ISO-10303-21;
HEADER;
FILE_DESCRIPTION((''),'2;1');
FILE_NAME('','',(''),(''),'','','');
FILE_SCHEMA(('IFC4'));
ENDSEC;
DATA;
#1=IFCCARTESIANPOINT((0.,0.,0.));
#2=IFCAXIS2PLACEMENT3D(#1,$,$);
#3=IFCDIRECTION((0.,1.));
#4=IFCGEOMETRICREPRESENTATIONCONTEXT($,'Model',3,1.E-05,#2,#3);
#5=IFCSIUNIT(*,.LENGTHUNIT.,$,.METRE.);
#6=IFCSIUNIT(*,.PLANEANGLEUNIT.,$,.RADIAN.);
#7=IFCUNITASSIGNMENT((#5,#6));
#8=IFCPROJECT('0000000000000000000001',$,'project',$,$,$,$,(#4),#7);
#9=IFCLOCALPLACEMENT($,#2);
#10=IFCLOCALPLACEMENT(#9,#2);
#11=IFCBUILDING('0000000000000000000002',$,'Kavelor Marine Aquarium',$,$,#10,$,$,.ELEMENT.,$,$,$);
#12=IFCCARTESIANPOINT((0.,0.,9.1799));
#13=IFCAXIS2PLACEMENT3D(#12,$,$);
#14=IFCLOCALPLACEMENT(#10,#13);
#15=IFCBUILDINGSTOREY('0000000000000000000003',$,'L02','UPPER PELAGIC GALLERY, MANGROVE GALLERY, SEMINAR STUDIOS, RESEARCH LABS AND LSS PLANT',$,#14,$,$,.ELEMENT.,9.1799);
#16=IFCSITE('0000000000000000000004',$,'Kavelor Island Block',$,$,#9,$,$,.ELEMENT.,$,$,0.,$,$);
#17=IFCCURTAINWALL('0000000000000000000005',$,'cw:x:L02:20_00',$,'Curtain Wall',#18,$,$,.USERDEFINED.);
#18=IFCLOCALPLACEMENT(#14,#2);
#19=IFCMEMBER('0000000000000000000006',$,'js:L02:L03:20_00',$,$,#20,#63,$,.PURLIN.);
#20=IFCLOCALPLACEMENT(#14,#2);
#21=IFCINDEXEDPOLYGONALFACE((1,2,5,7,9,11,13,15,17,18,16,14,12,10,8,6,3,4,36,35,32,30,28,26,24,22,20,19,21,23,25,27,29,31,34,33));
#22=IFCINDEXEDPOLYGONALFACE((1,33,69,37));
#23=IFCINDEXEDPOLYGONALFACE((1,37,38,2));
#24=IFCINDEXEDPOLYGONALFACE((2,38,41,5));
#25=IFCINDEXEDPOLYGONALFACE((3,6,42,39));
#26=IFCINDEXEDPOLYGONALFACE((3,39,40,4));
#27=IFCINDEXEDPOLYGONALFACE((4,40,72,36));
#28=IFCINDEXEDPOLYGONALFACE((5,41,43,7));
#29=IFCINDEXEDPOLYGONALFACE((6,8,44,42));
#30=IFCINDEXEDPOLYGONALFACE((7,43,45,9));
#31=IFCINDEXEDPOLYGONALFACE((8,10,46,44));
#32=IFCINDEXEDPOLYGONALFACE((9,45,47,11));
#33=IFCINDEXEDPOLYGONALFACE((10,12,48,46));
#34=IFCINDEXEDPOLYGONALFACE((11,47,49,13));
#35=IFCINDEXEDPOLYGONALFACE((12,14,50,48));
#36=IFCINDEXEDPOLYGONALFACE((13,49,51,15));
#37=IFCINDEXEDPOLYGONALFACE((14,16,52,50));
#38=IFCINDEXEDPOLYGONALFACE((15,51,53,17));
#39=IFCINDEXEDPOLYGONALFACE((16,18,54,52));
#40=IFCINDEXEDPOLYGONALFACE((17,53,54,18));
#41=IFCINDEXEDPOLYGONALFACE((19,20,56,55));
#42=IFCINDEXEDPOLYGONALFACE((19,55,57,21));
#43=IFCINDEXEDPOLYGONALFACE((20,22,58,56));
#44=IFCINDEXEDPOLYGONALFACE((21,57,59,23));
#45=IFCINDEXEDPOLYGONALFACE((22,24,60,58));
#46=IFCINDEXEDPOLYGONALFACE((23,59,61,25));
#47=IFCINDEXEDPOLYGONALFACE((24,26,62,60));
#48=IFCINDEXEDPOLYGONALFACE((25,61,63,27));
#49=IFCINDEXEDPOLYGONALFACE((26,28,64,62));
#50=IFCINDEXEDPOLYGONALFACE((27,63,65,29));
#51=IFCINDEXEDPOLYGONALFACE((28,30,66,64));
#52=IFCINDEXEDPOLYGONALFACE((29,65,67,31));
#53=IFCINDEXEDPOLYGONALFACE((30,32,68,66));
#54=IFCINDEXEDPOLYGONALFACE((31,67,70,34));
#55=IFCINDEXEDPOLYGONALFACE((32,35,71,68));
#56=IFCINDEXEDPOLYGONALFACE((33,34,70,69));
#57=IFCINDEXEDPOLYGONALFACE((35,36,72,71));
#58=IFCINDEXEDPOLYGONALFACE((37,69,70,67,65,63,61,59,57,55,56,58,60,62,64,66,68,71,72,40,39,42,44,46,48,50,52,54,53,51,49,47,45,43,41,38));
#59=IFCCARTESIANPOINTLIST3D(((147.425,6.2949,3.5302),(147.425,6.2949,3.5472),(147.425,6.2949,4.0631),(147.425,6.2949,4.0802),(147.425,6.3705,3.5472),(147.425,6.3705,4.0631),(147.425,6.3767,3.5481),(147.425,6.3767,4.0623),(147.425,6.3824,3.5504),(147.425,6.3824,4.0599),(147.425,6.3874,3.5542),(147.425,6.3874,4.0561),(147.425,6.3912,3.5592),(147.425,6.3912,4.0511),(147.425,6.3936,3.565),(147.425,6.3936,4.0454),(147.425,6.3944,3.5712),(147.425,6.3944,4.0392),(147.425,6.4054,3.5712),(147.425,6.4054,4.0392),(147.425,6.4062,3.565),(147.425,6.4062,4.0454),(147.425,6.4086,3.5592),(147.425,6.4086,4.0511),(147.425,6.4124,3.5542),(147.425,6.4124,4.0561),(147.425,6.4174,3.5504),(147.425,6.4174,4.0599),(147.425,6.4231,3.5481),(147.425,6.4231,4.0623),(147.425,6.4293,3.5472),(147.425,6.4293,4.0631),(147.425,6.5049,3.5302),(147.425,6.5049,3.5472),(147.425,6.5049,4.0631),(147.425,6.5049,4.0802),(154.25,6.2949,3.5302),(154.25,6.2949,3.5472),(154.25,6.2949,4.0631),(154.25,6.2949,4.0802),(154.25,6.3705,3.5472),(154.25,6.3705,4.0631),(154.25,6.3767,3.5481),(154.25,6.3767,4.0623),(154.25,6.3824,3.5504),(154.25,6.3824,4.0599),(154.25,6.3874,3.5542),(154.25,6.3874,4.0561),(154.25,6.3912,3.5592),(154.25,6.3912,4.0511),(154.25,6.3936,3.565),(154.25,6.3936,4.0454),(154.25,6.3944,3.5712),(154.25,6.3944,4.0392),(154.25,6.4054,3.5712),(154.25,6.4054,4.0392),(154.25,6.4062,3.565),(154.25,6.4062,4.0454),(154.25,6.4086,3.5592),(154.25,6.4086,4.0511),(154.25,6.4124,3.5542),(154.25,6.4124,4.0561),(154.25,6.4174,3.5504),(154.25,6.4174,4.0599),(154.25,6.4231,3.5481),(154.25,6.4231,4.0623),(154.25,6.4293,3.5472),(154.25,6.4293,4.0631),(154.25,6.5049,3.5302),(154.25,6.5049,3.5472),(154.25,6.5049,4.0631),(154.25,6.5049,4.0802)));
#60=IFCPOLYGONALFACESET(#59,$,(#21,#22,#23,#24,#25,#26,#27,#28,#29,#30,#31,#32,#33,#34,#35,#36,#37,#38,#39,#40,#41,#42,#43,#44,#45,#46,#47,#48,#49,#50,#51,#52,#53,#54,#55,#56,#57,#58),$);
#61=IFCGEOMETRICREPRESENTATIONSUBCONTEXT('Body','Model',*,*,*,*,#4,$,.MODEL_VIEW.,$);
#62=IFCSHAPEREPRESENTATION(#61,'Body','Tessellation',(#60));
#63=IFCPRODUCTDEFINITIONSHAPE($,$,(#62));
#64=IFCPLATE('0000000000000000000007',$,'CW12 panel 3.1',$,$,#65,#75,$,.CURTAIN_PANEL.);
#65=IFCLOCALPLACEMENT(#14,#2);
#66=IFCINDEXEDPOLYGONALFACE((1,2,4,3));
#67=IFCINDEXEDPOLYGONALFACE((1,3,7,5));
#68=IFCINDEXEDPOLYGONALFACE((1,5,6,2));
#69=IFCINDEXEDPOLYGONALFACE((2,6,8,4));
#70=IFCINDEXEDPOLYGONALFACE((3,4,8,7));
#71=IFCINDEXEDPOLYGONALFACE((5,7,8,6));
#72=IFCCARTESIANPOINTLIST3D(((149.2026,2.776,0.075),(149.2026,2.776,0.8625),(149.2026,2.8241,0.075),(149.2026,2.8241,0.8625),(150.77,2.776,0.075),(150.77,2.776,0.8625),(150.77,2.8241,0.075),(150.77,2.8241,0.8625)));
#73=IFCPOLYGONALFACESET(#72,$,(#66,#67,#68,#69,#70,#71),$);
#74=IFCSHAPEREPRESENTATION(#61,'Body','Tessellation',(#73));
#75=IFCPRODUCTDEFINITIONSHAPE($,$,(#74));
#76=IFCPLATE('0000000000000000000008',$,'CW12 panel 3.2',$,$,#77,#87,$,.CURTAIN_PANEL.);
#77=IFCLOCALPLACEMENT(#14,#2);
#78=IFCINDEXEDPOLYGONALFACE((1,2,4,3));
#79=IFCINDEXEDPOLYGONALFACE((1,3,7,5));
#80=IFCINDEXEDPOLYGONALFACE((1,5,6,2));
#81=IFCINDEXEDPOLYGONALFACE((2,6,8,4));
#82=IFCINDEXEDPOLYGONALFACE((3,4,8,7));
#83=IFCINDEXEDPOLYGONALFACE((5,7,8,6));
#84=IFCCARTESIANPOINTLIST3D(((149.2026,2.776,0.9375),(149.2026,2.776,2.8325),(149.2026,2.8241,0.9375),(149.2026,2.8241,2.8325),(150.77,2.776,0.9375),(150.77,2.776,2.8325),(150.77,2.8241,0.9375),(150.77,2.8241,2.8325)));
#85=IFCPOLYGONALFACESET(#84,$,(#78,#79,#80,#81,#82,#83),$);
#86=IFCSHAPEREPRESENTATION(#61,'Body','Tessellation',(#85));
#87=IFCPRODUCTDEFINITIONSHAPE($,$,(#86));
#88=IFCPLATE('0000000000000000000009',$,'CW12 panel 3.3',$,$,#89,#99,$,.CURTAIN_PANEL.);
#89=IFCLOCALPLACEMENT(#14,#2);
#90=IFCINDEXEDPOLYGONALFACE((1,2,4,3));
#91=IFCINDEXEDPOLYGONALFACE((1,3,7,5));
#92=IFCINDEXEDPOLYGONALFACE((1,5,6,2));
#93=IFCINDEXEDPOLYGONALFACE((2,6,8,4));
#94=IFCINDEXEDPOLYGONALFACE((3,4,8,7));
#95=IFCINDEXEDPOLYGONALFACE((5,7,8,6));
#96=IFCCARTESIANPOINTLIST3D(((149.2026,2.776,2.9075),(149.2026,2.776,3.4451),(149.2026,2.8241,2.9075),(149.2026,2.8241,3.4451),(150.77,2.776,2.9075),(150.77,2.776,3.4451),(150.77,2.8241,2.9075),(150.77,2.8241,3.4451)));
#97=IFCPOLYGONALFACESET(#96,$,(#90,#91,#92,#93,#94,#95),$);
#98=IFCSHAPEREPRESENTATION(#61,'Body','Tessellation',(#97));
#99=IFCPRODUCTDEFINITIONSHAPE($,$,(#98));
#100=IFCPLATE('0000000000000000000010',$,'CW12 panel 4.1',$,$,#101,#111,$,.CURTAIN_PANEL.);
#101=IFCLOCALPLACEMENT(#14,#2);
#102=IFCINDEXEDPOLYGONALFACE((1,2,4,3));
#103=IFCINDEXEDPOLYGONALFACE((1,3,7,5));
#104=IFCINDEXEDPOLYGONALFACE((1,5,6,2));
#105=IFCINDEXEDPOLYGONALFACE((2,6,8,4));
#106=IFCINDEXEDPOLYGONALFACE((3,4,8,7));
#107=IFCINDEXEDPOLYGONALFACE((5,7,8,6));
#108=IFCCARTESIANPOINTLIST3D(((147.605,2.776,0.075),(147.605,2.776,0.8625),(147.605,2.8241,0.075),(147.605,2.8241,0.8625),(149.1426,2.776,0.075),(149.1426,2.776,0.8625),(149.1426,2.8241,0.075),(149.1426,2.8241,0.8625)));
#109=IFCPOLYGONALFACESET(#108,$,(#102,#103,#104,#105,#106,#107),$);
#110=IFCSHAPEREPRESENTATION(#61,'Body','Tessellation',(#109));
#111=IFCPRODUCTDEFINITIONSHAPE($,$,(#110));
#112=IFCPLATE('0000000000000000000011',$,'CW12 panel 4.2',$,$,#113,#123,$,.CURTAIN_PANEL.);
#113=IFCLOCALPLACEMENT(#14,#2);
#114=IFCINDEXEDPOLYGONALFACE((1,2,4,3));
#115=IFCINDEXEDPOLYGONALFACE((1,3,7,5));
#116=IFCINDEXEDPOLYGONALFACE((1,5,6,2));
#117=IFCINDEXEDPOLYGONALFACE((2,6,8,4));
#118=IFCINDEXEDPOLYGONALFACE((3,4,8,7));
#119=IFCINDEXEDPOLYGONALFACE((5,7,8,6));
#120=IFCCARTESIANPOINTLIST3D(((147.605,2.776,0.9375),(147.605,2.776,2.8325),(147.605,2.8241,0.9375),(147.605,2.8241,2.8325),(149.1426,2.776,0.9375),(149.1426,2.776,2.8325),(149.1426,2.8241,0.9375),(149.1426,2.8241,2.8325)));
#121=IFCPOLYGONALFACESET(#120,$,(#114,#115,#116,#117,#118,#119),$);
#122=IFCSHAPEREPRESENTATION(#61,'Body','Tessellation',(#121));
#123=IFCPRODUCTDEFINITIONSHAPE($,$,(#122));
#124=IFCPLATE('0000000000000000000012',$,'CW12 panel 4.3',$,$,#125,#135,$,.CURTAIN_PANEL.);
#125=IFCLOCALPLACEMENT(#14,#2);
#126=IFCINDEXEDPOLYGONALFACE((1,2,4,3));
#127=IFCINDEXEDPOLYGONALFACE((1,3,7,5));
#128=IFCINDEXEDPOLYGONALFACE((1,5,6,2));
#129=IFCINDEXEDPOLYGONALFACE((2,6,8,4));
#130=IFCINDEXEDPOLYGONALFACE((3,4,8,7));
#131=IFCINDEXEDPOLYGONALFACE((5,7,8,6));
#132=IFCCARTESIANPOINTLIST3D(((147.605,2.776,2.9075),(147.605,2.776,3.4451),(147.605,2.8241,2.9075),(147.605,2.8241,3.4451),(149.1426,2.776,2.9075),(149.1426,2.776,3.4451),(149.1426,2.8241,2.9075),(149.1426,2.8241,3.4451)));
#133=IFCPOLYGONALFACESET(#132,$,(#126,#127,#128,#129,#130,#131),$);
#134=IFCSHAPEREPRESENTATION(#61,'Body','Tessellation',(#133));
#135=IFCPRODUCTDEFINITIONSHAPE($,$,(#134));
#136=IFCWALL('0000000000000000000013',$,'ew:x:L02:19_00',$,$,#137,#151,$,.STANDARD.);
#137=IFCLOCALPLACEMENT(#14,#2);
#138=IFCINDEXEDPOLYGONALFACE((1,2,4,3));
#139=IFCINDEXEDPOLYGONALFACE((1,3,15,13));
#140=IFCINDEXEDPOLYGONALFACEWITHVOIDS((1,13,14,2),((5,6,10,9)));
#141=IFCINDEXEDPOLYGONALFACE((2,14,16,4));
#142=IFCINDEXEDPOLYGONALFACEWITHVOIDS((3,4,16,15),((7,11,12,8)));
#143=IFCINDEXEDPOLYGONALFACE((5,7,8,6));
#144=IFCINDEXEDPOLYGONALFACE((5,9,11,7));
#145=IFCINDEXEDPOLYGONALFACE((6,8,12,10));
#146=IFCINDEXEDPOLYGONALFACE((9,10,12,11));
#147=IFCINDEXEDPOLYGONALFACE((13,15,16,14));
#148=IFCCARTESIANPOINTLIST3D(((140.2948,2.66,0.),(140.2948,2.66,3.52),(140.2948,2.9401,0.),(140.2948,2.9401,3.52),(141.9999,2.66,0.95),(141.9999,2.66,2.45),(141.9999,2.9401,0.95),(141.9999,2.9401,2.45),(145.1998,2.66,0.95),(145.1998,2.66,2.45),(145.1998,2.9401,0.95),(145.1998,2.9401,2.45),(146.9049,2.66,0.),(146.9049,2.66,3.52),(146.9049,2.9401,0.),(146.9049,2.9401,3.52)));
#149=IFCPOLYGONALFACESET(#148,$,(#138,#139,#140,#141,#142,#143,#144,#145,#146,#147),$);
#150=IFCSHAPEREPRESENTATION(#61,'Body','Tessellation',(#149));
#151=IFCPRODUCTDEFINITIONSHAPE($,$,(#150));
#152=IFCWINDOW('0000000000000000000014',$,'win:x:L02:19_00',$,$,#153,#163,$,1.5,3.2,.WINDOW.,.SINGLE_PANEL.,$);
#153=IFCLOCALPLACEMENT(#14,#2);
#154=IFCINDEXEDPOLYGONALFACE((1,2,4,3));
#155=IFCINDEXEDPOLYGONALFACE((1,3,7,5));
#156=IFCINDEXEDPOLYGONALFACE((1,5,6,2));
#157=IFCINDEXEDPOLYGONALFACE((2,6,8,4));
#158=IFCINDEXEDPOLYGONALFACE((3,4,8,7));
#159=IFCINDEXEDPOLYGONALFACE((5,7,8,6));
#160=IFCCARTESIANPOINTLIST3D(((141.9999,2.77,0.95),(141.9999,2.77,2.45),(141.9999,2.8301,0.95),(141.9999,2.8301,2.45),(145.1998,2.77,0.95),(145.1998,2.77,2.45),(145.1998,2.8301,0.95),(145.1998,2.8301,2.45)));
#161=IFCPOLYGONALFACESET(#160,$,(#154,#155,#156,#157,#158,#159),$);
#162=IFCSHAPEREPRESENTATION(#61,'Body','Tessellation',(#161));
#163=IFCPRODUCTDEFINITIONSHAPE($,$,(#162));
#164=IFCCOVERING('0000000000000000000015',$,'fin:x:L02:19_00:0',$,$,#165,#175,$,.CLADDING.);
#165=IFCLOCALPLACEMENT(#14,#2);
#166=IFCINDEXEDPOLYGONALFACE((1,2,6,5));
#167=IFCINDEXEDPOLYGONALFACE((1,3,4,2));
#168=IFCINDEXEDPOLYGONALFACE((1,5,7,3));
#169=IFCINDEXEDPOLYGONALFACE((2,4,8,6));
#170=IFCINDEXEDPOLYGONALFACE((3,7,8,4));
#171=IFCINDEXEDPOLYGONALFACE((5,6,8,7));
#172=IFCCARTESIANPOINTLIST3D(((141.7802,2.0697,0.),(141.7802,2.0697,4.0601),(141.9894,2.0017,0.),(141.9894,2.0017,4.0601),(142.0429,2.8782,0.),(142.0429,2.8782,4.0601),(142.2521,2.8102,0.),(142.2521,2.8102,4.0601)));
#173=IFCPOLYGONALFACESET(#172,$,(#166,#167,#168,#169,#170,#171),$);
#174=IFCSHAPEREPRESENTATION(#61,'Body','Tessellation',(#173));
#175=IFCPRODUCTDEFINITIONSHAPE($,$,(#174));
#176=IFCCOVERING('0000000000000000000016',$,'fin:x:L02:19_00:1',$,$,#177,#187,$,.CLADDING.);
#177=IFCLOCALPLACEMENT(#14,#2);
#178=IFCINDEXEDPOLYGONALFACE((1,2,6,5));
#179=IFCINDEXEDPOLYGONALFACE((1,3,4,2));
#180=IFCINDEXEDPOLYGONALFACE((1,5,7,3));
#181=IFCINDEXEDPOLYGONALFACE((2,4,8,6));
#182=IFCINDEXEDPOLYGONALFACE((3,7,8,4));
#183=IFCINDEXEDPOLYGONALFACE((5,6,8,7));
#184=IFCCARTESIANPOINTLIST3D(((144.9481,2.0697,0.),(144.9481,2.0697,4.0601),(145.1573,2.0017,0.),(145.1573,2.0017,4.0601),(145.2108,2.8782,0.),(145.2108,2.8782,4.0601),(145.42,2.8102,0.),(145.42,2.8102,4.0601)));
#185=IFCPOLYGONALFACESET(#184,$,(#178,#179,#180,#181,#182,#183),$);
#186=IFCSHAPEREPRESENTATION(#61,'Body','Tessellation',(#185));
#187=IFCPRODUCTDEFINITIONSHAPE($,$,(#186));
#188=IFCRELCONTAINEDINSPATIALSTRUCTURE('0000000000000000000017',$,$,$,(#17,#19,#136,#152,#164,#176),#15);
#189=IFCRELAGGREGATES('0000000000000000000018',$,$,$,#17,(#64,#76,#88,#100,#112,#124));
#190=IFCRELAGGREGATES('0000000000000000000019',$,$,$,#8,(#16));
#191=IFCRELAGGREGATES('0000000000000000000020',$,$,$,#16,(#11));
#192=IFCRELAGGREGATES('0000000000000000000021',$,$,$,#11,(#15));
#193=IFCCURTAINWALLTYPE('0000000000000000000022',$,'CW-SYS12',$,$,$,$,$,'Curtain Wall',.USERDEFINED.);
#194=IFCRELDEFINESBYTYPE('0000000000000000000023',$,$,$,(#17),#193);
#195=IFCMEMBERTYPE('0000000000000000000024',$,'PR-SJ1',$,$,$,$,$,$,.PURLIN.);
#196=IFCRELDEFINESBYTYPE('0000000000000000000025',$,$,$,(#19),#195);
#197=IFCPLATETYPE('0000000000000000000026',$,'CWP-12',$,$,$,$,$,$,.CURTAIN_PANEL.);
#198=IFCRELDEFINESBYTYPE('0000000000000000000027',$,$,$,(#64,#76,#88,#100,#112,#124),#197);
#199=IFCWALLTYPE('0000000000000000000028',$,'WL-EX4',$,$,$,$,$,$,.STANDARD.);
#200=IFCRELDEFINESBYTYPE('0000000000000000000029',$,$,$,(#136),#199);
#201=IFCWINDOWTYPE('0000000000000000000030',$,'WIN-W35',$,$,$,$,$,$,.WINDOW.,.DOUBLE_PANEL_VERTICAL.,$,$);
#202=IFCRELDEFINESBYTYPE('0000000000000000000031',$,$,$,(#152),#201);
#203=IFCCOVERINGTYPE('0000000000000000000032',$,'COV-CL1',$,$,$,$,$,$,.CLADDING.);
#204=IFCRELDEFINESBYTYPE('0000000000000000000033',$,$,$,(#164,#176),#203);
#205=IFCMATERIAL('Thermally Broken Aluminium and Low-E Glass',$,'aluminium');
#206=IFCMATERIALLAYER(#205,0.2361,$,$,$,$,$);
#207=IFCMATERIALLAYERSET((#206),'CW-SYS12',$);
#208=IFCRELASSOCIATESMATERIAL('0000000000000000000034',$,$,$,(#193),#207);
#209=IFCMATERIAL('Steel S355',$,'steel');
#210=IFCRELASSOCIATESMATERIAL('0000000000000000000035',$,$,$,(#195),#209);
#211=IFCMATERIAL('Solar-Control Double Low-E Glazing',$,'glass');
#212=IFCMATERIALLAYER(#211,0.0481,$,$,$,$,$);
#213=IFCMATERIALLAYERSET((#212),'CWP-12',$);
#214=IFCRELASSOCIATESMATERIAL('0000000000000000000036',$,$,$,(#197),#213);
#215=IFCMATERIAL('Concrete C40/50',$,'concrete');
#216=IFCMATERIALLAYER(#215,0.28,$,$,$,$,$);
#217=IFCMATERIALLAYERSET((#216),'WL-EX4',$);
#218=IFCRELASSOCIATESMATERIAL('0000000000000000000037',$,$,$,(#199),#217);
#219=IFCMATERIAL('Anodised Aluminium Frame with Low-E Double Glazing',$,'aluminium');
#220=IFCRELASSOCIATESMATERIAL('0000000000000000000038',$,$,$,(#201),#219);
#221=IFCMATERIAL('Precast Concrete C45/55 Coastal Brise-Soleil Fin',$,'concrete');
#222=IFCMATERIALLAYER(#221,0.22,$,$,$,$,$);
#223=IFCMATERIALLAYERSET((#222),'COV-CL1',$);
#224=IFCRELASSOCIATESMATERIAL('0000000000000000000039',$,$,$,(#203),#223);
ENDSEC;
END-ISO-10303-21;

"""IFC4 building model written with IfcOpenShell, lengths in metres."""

from ifc_helpers import new_model, si_unit, direction, frame, frame_2d, origin, origin_2d, place, context, subcontext, project, spatial, rectangle, i_section, extrude, material, layer, layer_set, material_profile, profile_set, type_object, element, fill, aggregate, save


model = new_model("IFC4")

# Units and contexts
model_context = context("Model", 3, precision=1e-05, world=origin(), true_north=direction((0.0, 1.0)))
body_context = subcontext(model_context, "Body", "Model", "MODEL_VIEW")
ifc_project = project(units=[si_unit("LENGTHUNIT", "METRE"), si_unit("PLANEANGLEUNIT", "RADIAN")], contexts=[model_context])

# Site, building, storey
site_placement = place(None, origin())
site = spatial("IfcSite", under=ifc_project, at=site_placement, Name="Kavelor Island Block", CompositionType="ELEMENT", RefElevation=0.0)
building_placement = place(site_placement, origin())
building = spatial("IfcBuilding", under=site, at=building_placement, Name="Kavelor Marine Aquarium", CompositionType="ELEMENT")
storey_placement = place(building_placement, frame((0.0, 0.0, 9.1799)))
storey = spatial("IfcBuildingStorey", under=building, at=storey_placement, Name="L02", Description="UPPER PELAGIC GALLERY, MANGROVE GALLERY, SEMINAR STUDIOS, RESEARCH LABS AND LSS PLANT", CompositionType="ELEMENT", Elevation=9.1799)

# Curtain wall
ifc_material_1 = material(Name="Thermally Broken Aluminium and Low-E Glass", Category="aluminium")
ifc_layer_1 = layer(ifc_material_1, 0.2361)
ifc_layer_set_1 = layer_set([ifc_layer_1], Name="CW-SYS12")
curtain_wall_type = type_object("IfcCurtainWallType", Name="CW-SYS12", ElementType="Curtain Wall", PredefinedType="USERDEFINED", material=ifc_layer_set_1)
curtain_wall_placement = place(storey_placement, origin())
curtain_wall = element("IfcCurtainWall", 1, at=curtain_wall_placement, inside=storey, type_object=curtain_wall_type, Name="cw:x:L02:20_00", ObjectType="Curtain Wall", PredefinedType="USERDEFINED")

# Member
ifc_material_2 = material(Name="Steel S355", Category="steel")
ifc_material_profile_1 = material_profile(ifc_material_2, i_section(OverallWidth=0.21, OverallDepth=0.55, WebThickness=0.011, FlangeThickness=0.0171, FilletRadius=0.0239, at=origin_2d()), Name="IPE 550")
ifc_profile_set_1 = profile_set([ifc_material_profile_1], Name="Steel S355")
member_type_1 = type_object("IfcMemberType", Name="PR-SJ1", PredefinedType="PURLIN", material=ifc_profile_set_1)
member_1_placement = place(storey_placement, frame((147.425, 6.3999, 3.8052), z_axis=(1.0, 0.0, 0.0), x_axis=(0.0, 1.0, 0.0)))
element("IfcMember", 2, at=member_1_placement, inside=storey, type_object=member_type_1, Name="js:L02:L03:20_00", PredefinedType="PURLIN", context=body_context, shape_type="SweptSolid", body=[
    extrude(i_section(OverallWidth=0.21, OverallDepth=0.55, WebThickness=0.011, FlangeThickness=0.0171, FilletRadius=0.0239, at=origin_2d()), origin(), (0.0, 0.0, 1.0), 6.825),
])

# Plates
ifc_material_3 = material(Name="Solar-Control Double Low-E Glazing", Category="glass")
ifc_layer_2 = layer(ifc_material_3, 0.0481)
ifc_layer_set_2 = layer_set([ifc_layer_2], Name="CWP-12")
plate_type = type_object("IfcPlateType", Name="CWP-12", PredefinedType="CURTAIN_PANEL", material=ifc_layer_set_2)
plate_1_placement = place(storey_placement, frame((149.9863, 2.8, 0.075), z_axis=(0.0, 0.0, 1.0), x_axis=(-1.0, 0.0, 0.0)))
plate_1 = element("IfcPlate", 3, at=plate_1_placement, type_object=plate_type, Name="CW12 panel 3.1", PredefinedType="CURTAIN_PANEL", context=body_context, shape_type="SweptSolid", body=[
    extrude(rectangle(XDim=1.5674, YDim=0.0481, at=origin_2d()), origin(), (0.0, 0.0, 1.0), 0.7876),
])
plate_2_placement = place(storey_placement, frame((149.9863, 2.8, 0.9375), z_axis=(0.0, 0.0, 1.0), x_axis=(-1.0, 0.0, 0.0)))
plate_2 = element("IfcPlate", 4, at=plate_2_placement, type_object=plate_type, Name="CW12 panel 3.2", PredefinedType="CURTAIN_PANEL", context=body_context, shape_type="SweptSolid", body=[
    extrude(rectangle(XDim=1.5674, YDim=0.0481, at=origin_2d()), origin(), (0.0, 0.0, 1.0), 1.895),
])
plate_3_placement = place(storey_placement, frame((149.9863, 2.8, 2.9075), z_axis=(0.0, 0.0, 1.0), x_axis=(-1.0, 0.0, 0.0)))
plate_3 = element("IfcPlate", 5, at=plate_3_placement, type_object=plate_type, Name="CW12 panel 3.3", PredefinedType="CURTAIN_PANEL", context=body_context, shape_type="SweptSolid", body=[
    extrude(rectangle(XDim=1.5674, YDim=0.0481, at=origin_2d()), origin(), (0.0, 0.0, 1.0), 0.5376),
])
plate_4_placement = place(storey_placement, frame((148.3738, 2.8, 0.075), z_axis=(0.0, 0.0, 1.0), x_axis=(-1.0, 0.0, 0.0)))
plate_4 = element("IfcPlate", 6, at=plate_4_placement, type_object=plate_type, Name="CW12 panel 4.1", PredefinedType="CURTAIN_PANEL", context=body_context, shape_type="SweptSolid", body=[
    extrude(rectangle(XDim=1.5376, YDim=0.0481, at=origin_2d()), origin(), (0.0, 0.0, 1.0), 0.7876),
])
plate_5_placement = place(storey_placement, frame((148.3738, 2.8, 0.9375), z_axis=(0.0, 0.0, 1.0), x_axis=(-1.0, 0.0, 0.0)))
plate_5 = element("IfcPlate", 7, at=plate_5_placement, type_object=plate_type, Name="CW12 panel 4.2", PredefinedType="CURTAIN_PANEL", context=body_context, shape_type="SweptSolid", body=[
    extrude(rectangle(XDim=1.5376, YDim=0.0481, at=origin_2d()), origin(), (0.0, 0.0, 1.0), 1.895),
])
plate_6_placement = place(storey_placement, frame((148.3738, 2.8, 2.9075), z_axis=(0.0, 0.0, 1.0), x_axis=(-1.0, 0.0, 0.0)))
plate_6 = element("IfcPlate", 8, at=plate_6_placement, type_object=plate_type, Name="CW12 panel 4.3", PredefinedType="CURTAIN_PANEL", context=body_context, shape_type="SweptSolid", body=[
    extrude(rectangle(XDim=1.5376, YDim=0.0481, at=origin_2d()), origin(), (0.0, 0.0, 1.0), 0.5376),
])
aggregate(curtain_wall, [plate_1, plate_2, plate_3, plate_4, plate_5, plate_6])

# Wall, opening, window
ifc_material_4 = material(Name="Concrete C40/50", Category="concrete")
ifc_layer_3 = layer(ifc_material_4, 0.28)
ifc_layer_set_3 = layer_set([ifc_layer_3], Name="WL-EX4")
wall_type = type_object("IfcWallType", Name="WL-EX4", PredefinedType="STANDARD", material=ifc_layer_set_3)
wall_placement = place(storey_placement, frame((146.905, 2.8, 0.0), z_axis=(0.0, 0.0, 1.0), x_axis=(-1.0, 0.0, 0.0)))
wall = element("IfcWall", 9, at=wall_placement, inside=storey, type_object=wall_type, Name="ew:x:L02:19_00", PredefinedType="STANDARD", context=body_context, shape_type="SweptSolid", body=[
    extrude(rectangle(XDim=6.6101, YDim=0.28, at=frame_2d((3.3052, 0.0))), origin(), (0.0, 0.0, 1.0), 3.52),
])
opening_placement = place(wall_placement, frame((1.7051, 0.0, 0.95)))
opening = element("IfcOpeningElement", 10, at=opening_placement, cuts=wall, PredefinedType="OPENING", context=body_context, shape_type="SweptSolid", body=[
    extrude(rectangle(XDim=3.2, YDim=1.5, at=frame_2d((1.6001, 0.75))), frame((0.0, 0.1499, 0.0), z_axis=(0.0, -1.0, 0.0), x_axis=(1.0, 0.0, 0.0)), (0.0, 0.0, 1.0), 0.3),
])
ifc_material_5 = material(Name="Anodised Aluminium Frame with Low-E Double Glazing", Category="aluminium")
window_type = type_object("IfcWindowType", Name="WIN-W35", PartitioningType="DOUBLE_PANEL_VERTICAL", PredefinedType="WINDOW", material=ifc_material_5)
window_placement = place(opening_placement, origin())
window = element("IfcWindow", 11, at=window_placement, inside=storey, type_object=window_type, Name="win:x:L02:19_00", OverallHeight=1.5, OverallWidth=3.2, PartitioningType="SINGLE_PANEL", PredefinedType="WINDOW", context=body_context, shape_type="SweptSolid", body=[
    extrude(rectangle(XDim=3.2, YDim=1.5, at=frame_2d((1.6001, 0.75))), frame((0.0, 0.03, 0.0), z_axis=(0.0, -1.0, 0.0), x_axis=(1.0, 0.0, 0.0)), (0.0, 0.0, 1.0), 0.0601),
])
fill(opening, window)

# Coverings
ifc_material_6 = material(Name="Precast Concrete C45/55 Coastal Brise-Soleil Fin", Category="concrete")
ifc_layer_4 = layer(ifc_material_6, 0.22)
ifc_layer_set_4 = layer_set([ifc_layer_4], Name="COV-CL1")
covering_type = type_object("IfcCoveringType", Name="COV-CL1", PredefinedType="CLADDING", material=ifc_layer_set_4)
for number, where, z_axis, x_axis, name in (
    (12, (142.0161, 2.4399, 0.0), (0.0, 0.0, 1.0), (0.951057, -0.309017, 0.0), "fin:x:L02:19_00:0"),
    (13, (145.1841, 2.4399, 0.0), (0.0, 0.0, 1.0), (0.951057, -0.309017, 0.0), "fin:x:L02:19_00:1"),
):
    element("IfcCovering", number, at=place(storey_placement, frame(where, z_axis=z_axis, x_axis=x_axis)), inside=storey, type_object=covering_type, Name=name, PredefinedType="CLADDING", context=body_context, shape_type="SweptSolid", body=[
        extrude(rectangle(XDim=0.22, YDim=0.8501, at=origin_2d()), origin(), (0.0, 0.0, 1.0), 4.0601),
    ])

save(model, "model.ifc")
